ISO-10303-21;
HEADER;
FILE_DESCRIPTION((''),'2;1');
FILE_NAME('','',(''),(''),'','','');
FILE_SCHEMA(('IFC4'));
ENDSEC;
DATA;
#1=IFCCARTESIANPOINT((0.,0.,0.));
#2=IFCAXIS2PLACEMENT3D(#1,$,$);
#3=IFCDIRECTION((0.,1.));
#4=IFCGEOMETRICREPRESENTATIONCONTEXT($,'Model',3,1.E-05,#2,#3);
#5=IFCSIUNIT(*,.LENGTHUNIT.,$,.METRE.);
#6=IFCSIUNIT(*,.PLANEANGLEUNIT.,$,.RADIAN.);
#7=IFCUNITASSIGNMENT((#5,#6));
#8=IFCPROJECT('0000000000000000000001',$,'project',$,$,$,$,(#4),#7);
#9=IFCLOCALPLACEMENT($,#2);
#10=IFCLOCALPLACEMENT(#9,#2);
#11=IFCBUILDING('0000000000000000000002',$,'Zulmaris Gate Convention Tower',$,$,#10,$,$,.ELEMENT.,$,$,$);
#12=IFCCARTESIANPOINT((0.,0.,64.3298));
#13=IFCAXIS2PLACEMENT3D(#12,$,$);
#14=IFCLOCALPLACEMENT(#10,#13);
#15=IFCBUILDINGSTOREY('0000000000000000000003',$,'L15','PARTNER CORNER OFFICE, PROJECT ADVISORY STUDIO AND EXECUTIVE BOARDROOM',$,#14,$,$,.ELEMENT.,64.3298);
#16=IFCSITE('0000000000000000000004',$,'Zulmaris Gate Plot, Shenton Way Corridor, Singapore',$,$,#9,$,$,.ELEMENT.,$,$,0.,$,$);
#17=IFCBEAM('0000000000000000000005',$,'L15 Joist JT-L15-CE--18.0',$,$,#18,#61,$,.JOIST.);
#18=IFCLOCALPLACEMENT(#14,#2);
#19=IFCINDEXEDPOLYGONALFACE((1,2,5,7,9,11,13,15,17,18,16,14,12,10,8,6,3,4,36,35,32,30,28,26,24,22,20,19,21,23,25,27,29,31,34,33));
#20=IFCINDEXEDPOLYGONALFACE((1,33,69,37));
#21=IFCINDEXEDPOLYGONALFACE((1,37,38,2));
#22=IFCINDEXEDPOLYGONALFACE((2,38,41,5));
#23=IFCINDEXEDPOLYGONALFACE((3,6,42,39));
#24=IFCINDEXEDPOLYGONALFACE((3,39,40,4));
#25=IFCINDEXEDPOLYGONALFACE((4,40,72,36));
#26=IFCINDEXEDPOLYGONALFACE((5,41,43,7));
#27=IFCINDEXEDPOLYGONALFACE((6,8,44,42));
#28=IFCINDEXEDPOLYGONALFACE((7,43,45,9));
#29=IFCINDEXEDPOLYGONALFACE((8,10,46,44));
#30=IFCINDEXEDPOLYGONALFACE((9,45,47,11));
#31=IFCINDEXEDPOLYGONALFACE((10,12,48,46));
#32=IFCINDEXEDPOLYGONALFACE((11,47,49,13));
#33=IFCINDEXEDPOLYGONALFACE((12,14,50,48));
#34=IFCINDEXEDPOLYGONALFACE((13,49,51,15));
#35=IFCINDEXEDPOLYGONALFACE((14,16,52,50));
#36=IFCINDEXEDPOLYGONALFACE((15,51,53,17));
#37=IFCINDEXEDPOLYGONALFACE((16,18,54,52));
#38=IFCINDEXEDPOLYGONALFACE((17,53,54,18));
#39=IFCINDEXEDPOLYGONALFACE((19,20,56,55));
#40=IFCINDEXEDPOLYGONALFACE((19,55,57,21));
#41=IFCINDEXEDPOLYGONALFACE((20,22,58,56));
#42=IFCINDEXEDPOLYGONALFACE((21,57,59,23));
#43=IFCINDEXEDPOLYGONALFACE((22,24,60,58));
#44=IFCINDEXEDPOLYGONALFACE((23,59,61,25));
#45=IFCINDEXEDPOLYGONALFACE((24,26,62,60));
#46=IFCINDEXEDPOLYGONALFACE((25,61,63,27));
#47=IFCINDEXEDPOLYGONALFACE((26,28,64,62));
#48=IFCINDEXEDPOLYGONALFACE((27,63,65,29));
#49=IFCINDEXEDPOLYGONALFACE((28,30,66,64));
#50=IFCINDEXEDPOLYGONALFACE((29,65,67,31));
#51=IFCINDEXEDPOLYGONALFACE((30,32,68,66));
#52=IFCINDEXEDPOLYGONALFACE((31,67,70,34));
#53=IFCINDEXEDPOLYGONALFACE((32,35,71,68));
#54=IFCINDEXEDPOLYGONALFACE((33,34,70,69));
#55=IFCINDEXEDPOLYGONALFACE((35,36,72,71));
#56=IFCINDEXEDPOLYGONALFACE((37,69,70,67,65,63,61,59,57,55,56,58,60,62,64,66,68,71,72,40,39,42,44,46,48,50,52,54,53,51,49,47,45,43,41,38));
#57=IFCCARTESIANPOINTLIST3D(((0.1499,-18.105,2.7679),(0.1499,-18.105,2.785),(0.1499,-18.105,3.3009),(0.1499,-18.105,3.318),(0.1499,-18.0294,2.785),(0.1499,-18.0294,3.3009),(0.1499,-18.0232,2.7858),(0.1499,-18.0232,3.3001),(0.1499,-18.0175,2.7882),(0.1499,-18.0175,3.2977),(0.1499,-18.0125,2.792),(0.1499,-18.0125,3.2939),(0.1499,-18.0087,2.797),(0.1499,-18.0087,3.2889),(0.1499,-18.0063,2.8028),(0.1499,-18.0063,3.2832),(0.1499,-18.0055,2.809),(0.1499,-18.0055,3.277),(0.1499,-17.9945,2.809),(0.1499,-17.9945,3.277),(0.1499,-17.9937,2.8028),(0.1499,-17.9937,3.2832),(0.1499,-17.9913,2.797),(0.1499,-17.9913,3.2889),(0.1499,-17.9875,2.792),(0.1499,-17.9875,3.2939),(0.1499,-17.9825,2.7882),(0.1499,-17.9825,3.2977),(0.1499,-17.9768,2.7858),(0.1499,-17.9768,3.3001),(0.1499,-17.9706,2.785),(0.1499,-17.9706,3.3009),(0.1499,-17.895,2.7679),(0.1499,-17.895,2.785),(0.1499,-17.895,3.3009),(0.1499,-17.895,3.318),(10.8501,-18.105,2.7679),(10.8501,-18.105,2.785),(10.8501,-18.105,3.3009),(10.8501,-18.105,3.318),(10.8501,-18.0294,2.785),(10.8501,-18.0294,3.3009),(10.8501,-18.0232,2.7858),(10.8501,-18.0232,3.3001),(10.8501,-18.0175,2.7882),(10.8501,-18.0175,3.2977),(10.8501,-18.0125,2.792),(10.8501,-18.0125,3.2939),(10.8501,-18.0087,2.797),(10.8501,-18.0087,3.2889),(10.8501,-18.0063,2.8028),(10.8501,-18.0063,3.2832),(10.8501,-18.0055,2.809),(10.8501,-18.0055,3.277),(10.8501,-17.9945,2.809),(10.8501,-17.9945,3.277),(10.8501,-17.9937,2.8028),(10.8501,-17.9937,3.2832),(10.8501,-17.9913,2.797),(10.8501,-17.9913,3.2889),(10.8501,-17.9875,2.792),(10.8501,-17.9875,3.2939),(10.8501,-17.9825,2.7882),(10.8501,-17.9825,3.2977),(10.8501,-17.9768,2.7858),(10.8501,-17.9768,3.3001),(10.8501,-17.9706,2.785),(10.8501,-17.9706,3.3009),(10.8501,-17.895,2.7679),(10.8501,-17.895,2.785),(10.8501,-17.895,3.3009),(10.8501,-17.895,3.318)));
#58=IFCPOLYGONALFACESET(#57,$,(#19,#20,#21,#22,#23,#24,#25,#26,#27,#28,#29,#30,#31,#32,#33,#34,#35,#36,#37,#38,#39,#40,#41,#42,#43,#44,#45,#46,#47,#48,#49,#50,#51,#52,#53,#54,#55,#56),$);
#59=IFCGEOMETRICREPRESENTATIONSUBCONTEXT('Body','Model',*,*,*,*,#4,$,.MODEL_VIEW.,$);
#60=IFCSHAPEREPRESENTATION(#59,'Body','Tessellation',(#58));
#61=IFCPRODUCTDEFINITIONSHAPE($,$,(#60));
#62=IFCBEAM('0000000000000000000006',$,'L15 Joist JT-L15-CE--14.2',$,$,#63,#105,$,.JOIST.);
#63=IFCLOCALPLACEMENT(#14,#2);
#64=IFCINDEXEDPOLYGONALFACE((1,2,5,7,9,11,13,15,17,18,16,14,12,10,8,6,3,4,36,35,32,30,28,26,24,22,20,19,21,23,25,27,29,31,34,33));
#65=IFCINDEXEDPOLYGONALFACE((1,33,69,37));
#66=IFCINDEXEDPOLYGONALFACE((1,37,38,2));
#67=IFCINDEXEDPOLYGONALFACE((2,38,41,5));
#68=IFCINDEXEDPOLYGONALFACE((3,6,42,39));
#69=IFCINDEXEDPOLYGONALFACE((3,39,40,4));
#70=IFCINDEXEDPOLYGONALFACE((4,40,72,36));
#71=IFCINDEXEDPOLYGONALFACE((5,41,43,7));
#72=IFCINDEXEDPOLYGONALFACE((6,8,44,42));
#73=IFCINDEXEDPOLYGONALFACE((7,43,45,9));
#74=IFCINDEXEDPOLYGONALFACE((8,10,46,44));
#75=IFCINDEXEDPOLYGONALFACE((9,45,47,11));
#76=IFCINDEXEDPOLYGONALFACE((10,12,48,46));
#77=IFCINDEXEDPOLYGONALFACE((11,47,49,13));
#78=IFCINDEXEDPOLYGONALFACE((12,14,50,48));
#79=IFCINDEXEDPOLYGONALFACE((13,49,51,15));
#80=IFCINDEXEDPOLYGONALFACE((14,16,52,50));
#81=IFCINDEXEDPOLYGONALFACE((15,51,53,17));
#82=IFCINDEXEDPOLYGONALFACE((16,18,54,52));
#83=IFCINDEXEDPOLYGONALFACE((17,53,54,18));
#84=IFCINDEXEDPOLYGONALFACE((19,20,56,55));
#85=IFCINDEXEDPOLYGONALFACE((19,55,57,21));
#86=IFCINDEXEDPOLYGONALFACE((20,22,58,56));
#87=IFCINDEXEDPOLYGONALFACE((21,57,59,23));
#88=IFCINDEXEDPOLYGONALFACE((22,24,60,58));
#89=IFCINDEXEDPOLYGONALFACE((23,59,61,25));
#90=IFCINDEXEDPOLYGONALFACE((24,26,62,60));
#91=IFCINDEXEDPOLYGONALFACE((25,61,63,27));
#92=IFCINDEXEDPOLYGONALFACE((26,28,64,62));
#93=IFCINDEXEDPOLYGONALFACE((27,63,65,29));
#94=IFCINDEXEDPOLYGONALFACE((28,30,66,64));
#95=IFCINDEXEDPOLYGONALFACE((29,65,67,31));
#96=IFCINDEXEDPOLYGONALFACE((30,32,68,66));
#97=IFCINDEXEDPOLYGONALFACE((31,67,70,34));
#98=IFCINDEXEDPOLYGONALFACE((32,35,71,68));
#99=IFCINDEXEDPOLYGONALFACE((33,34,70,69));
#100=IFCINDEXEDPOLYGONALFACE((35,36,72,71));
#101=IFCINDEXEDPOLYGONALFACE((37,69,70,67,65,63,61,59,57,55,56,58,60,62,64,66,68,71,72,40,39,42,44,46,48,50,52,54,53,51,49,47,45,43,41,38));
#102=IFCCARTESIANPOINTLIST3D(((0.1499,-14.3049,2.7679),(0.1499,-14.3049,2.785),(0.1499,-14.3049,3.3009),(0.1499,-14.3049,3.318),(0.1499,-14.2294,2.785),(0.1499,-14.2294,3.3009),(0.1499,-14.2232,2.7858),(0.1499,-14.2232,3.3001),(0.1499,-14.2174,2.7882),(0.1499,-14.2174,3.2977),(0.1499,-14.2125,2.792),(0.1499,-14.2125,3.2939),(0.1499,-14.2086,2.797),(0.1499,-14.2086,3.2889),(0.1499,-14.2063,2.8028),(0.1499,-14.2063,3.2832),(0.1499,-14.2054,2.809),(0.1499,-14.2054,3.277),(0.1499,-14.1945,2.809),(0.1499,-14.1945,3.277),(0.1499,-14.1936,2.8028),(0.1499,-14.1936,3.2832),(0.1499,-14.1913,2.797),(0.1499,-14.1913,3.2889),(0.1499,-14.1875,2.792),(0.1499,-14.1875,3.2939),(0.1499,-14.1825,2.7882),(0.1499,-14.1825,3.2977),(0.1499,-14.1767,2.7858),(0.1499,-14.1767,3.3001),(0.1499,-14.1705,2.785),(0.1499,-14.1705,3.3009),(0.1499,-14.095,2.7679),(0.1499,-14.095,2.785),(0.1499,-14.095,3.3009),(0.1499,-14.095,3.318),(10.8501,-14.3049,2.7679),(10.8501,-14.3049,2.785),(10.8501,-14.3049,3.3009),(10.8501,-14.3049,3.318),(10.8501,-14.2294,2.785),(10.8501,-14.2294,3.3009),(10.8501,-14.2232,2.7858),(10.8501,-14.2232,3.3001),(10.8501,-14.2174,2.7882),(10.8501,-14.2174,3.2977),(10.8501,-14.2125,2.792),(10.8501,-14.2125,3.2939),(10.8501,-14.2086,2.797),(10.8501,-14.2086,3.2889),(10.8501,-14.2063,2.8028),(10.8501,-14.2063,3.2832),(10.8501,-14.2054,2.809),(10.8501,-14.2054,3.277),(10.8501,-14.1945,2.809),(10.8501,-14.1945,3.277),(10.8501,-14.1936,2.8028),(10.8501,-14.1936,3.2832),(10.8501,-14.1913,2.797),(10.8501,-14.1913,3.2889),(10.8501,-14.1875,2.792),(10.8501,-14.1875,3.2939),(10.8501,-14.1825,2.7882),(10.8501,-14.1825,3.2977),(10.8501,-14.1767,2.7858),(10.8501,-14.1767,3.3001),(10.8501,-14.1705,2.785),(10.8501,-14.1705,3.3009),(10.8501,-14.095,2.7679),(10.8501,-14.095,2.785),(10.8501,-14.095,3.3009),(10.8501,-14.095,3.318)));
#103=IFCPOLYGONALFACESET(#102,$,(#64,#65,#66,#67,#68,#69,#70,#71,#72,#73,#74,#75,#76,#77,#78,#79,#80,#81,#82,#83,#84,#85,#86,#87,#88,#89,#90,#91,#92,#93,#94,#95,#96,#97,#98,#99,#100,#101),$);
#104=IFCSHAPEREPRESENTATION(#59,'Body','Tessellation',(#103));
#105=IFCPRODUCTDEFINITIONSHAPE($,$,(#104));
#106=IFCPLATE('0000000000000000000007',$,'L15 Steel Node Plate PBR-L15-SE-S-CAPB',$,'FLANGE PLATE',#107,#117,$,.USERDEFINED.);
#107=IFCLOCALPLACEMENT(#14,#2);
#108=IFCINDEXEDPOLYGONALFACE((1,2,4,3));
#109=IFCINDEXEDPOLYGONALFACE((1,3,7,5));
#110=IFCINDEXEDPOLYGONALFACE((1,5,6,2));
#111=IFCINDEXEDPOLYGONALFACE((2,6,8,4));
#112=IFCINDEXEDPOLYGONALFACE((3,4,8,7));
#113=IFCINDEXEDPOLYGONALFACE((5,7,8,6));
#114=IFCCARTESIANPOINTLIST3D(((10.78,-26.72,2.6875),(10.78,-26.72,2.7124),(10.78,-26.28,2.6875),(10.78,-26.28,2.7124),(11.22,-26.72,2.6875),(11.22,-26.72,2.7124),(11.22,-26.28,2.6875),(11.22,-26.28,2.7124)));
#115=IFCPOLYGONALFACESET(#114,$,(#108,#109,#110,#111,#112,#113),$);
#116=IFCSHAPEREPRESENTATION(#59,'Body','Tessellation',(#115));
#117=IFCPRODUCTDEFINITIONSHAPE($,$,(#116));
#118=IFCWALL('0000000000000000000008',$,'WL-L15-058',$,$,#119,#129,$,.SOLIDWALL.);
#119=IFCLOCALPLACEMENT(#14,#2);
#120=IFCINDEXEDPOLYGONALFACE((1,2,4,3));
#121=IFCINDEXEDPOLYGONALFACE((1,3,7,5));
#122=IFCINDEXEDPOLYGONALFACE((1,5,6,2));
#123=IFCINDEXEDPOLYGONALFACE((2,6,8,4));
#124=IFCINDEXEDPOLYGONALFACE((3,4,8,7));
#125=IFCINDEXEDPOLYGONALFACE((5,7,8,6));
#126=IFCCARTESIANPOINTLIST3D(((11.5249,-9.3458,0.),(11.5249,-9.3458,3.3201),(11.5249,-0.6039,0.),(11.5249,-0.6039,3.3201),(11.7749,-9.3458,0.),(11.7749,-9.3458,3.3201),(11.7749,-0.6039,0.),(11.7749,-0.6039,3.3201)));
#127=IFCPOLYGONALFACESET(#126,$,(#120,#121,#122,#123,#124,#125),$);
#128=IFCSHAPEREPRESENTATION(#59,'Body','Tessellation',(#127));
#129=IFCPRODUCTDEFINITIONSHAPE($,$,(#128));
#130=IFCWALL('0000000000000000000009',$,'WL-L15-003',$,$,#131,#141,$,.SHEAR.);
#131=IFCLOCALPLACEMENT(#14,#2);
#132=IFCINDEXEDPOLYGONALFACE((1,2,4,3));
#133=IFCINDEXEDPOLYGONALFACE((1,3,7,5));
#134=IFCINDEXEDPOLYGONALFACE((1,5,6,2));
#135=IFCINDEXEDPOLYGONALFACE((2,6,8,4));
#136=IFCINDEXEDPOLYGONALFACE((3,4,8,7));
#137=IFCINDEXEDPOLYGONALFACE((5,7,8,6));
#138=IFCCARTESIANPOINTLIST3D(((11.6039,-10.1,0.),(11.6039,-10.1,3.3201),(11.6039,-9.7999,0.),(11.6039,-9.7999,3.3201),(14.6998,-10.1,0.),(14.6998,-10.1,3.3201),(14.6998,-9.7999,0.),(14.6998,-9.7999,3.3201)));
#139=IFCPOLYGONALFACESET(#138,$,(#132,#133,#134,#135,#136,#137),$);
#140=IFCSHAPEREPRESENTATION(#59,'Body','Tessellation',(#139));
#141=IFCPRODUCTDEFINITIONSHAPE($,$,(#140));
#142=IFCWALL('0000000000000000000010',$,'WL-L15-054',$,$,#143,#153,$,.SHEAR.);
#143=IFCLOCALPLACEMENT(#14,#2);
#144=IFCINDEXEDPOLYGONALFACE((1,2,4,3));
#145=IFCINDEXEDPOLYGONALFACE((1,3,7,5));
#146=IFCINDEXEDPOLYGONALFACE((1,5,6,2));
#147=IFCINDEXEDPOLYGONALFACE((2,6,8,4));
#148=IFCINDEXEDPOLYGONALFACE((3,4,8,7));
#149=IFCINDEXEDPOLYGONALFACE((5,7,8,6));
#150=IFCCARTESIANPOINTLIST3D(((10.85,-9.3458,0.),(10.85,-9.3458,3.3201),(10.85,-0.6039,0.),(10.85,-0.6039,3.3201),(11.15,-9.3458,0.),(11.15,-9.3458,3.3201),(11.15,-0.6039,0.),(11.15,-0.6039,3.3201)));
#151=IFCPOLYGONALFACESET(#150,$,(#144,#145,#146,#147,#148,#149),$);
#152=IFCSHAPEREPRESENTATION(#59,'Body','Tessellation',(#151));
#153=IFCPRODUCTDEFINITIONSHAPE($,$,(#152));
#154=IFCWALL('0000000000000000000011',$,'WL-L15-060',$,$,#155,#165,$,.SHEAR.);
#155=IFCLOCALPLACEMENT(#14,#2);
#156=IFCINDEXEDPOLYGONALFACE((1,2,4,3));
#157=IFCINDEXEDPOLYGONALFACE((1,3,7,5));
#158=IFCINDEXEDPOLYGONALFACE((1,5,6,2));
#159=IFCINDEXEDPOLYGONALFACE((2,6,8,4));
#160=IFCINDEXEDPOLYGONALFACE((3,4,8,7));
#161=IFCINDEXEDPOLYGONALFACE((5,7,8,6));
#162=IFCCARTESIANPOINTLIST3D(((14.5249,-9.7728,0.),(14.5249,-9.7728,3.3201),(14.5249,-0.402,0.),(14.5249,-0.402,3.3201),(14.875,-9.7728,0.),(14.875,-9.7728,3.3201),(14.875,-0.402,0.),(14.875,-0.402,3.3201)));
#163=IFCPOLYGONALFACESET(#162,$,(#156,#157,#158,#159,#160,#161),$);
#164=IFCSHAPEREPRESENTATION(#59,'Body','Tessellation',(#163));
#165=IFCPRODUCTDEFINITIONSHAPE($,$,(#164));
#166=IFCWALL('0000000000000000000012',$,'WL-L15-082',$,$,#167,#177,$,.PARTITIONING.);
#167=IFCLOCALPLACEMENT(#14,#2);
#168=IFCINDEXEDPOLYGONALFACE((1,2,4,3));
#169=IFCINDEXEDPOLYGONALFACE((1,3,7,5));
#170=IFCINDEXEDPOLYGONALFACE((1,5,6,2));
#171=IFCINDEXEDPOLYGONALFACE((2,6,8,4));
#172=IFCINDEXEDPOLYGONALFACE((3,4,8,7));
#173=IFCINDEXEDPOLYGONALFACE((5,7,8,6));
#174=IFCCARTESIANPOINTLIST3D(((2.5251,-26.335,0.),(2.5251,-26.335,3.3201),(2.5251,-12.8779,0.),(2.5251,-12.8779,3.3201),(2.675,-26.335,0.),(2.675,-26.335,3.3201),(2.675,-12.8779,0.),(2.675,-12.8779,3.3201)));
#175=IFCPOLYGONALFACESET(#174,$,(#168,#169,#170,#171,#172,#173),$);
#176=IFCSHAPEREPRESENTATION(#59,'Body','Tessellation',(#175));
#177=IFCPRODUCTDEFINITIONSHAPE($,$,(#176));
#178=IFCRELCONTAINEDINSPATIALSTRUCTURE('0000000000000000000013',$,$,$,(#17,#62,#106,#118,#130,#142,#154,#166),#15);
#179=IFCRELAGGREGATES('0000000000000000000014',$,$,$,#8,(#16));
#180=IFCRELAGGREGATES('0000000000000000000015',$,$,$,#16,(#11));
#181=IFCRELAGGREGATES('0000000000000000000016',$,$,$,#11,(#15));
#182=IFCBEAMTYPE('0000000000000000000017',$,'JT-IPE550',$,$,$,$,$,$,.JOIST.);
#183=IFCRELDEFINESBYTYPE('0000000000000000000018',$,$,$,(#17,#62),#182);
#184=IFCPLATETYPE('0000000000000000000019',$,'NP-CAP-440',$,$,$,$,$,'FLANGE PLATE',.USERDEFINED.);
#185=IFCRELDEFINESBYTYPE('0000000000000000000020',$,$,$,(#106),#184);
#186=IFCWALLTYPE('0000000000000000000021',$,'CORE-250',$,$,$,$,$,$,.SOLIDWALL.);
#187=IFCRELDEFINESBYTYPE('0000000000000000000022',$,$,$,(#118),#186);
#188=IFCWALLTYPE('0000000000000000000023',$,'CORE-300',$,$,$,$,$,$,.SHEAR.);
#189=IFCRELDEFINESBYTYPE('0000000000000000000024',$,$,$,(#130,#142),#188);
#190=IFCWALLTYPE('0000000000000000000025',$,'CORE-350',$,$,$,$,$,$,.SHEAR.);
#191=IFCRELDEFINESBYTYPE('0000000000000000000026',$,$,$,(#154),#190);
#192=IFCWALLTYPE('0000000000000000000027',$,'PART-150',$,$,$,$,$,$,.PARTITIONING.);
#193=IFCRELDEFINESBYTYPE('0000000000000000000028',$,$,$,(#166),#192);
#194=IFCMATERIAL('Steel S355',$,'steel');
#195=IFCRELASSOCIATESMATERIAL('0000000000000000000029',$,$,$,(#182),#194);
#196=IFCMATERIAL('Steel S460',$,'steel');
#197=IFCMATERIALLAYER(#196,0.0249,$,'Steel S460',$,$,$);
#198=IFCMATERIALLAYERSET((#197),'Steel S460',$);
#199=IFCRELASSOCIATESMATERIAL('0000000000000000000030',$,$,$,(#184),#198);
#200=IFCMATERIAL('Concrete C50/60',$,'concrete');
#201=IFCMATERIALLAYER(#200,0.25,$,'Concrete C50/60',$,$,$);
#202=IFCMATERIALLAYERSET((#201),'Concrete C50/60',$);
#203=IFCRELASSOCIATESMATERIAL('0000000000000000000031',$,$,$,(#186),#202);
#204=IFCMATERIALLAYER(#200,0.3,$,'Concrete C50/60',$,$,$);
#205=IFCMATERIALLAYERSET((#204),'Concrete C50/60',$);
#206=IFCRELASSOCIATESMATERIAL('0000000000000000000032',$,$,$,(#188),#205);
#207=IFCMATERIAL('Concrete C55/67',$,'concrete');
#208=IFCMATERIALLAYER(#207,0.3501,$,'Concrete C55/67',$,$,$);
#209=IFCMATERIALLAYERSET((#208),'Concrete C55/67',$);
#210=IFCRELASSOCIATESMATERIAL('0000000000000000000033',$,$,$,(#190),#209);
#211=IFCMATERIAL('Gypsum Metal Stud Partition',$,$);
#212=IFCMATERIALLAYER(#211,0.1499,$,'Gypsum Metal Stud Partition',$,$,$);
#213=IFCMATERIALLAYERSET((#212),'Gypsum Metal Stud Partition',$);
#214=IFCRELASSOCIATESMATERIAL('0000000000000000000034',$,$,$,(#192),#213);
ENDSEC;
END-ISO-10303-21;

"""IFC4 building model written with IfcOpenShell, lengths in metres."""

from ifc_helpers import new_model, si_unit, direction, frame, frame_2d, origin, origin_2d, place, context, subcontext, project, spatial, rectangle, i_section, extrude, material, layer, layer_set, material_profile, profile_set, type_object, element, save


model = new_model("IFC4")

# Units and contexts
model_context = context("Model", 3, precision=1e-05, world=origin(), true_north=direction((0.0, 1.0)))
body_context = subcontext(model_context, "Body", "Model", "MODEL_VIEW")
ifc_project = project(units=[si_unit("LENGTHUNIT", "METRE"), si_unit("PLANEANGLEUNIT", "RADIAN")], contexts=[model_context])

# Site, building, storey
site_placement = place(None, origin())
site = spatial("IfcSite", under=ifc_project, at=site_placement, Name="Zulmaris Gate Plot, Shenton Way Corridor, Singapore", CompositionType="ELEMENT", RefElevation=0.0)
building_placement = place(site_placement, origin())
building = spatial("IfcBuilding", under=site, at=building_placement, Name="Zulmaris Gate Convention Tower", CompositionType="ELEMENT")
storey_placement = place(building_placement, frame((0.0, 0.0, 64.3298)))
storey = spatial("IfcBuildingStorey", under=building, at=storey_placement, Name="L15", Description="PARTNER CORNER OFFICE, PROJECT ADVISORY STUDIO AND EXECUTIVE BOARDROOM", CompositionType="ELEMENT", Elevation=64.3298)

# Beams
ifc_material_1 = material(Name="Steel S355", Category="steel")
ifc_material_profile_1 = material_profile(ifc_material_1, i_section(OverallWidth=0.21, OverallDepth=0.55, WebThickness=0.011, FlangeThickness=0.0171, FilletRadius=0.0239, at=origin_2d()), Name="IPE 550")
ifc_profile_set_1 = profile_set([ifc_material_profile_1], Name="Steel S355")
beam_type_1 = type_object("IfcBeamType", Name="JT-IPE550", PredefinedType="JOIST", material=ifc_profile_set_1)
for number, where, z_axis, x_axis, name in (
    (1, (0.1499, -18.0, 3.043), (1.0, 0.0, 0.0), (0.0, 1.0, 0.0), "L15 Joist JT-L15-CE--18.0"),
    (2, (0.1499, -14.2, 3.043), (1.0, 0.0, 0.0), (0.0, 1.0, 0.0), "L15 Joist JT-L15-CE--14.2"),
):
    element("IfcBeam", number, at=place(storey_placement, frame(where, z_axis=z_axis, x_axis=x_axis)), inside=storey, type_object=beam_type_1, Name=name, PredefinedType="JOIST", context=body_context, shape_type="SweptSolid", body=[
        extrude(i_section(OverallWidth=0.21, OverallDepth=0.55, WebThickness=0.011, FlangeThickness=0.0171, FilletRadius=0.0239, at=origin_2d()), origin(), (0.0, 0.0, 1.0), 10.7002),
    ])

# Plate
ifc_material_2 = material(Name="Steel S460", Category="steel")
ifc_layer_1 = layer(ifc_material_2, 0.0249, Name="Steel S460")
ifc_layer_set_1 = layer_set([ifc_layer_1], Name="Steel S460")
plate_type = type_object("IfcPlateType", Name="NP-CAP-440", ElementType="FLANGE PLATE", PredefinedType="USERDEFINED", material=ifc_layer_set_1)
plate_placement = place(storey_placement, frame((11.0, -26.5, 2.6875), z_axis=(0.0, 0.0, 1.0), x_axis=(1.0, 0.0, 0.0)))
element("IfcPlate", 3, at=plate_placement, inside=storey, type_object=plate_type, Name="L15 Steel Node Plate PBR-L15-SE-S-CAPB", ObjectType="FLANGE PLATE", PredefinedType="USERDEFINED", context=body_context, shape_type="SweptSolid", body=[
    extrude(rectangle(XDim=0.4399, YDim=0.4399, at=origin_2d()), origin(), (0.0, 0.0, 1.0), 0.0249),
])

# Walls
ifc_material_3 = material(Name="Concrete C50/60", Category="concrete")
ifc_layer_2 = layer(ifc_material_3, 0.25, Name="Concrete C50/60")
ifc_layer_set_2 = layer_set([ifc_layer_2], Name="Concrete C50/60")
wall_type_1 = type_object("IfcWallType", Name="CORE-250", PredefinedType="SOLIDWALL", material=ifc_layer_set_2)
wall_1_placement = place(storey_placement, frame((11.6499, -9.3459, 0.0), z_axis=(0.0, 0.0, 1.0), x_axis=(0.0, 1.0, 0.0)))
element("IfcWall", 4, at=wall_1_placement, inside=storey, type_object=wall_type_1, Name="WL-L15-058", PredefinedType="SOLIDWALL", context=body_context, shape_type="SweptSolid", body=[
    extrude(rectangle(XDim=8.7419, YDim=0.25, at=frame_2d((4.3711, 0.0))), origin(), (0.0, 0.0, 1.0), 3.3201),
])
ifc_layer_3 = layer(ifc_material_3, 0.3, Name="Concrete C50/60")
ifc_layer_set_3 = layer_set([ifc_layer_3], Name="Concrete C50/60")
wall_type_2 = type_object("IfcWallType", Name="CORE-300", PredefinedType="SHEAR", material=ifc_layer_set_3)
wall_2_placement = place(storey_placement, frame((11.604, -9.95, 0.0), z_axis=(0.0, 0.0, 1.0), x_axis=(1.0, 0.0, 0.0)))
element("IfcWall", 5, at=wall_2_placement, inside=storey, type_object=wall_type_2, Name="WL-L15-003", PredefinedType="SHEAR", context=body_context, shape_type="SweptSolid", body=[
    extrude(rectangle(XDim=3.0959, YDim=0.3, at=frame_2d((1.5479, 0.0))), origin(), (0.0, 0.0, 1.0), 3.3201),
])
wall_3_placement = place(storey_placement, frame((11.0, -9.3459, 0.0), z_axis=(0.0, 0.0, 1.0), x_axis=(0.0, 1.0, 0.0)))
element("IfcWall", 6, at=wall_3_placement, inside=storey, type_object=wall_type_2, Name="WL-L15-054", PredefinedType="SHEAR", context=body_context, shape_type="SweptSolid", body=[
    extrude(rectangle(XDim=8.7419, YDim=0.3, at=frame_2d((4.3711, 0.0))), origin(), (0.0, 0.0, 1.0), 3.3201),
])

# Shared definitions
ifc_material_4 = material(Name="Concrete C55/67", Category="concrete")
ifc_layer_4 = layer(ifc_material_4, 0.3501, Name="Concrete C55/67")
ifc_layer_set_4 = layer_set([ifc_layer_4], Name="Concrete C55/67")
wall_type_3 = type_object("IfcWallType", Name="CORE-350", PredefinedType="SHEAR", material=ifc_layer_set_4)

# Walls
wall_4_placement = place(storey_placement, frame((14.7, -9.7729, 0.0), z_axis=(0.0, 0.0, 1.0), x_axis=(0.0, 1.0, 0.0)))
element("IfcWall", 7, at=wall_4_placement, inside=storey, type_object=wall_type_3, Name="WL-L15-060", PredefinedType="SHEAR", context=body_context, shape_type="SweptSolid", body=[
    extrude(rectangle(XDim=9.3708, YDim=0.3501, at=frame_2d((4.6855, 0.0))), origin(), (0.0, 0.0, 1.0), 3.3201),
])
ifc_material_5 = material(Name="Gypsum Metal Stud Partition")
ifc_layer_5 = layer(ifc_material_5, 0.1499, Name="Gypsum Metal Stud Partition")
ifc_layer_set_5 = layer_set([ifc_layer_5], Name="Gypsum Metal Stud Partition")
wall_type_4 = type_object("IfcWallType", Name="PART-150", PredefinedType="PARTITIONING", material=ifc_layer_set_5)
wall_5_placement = place(storey_placement, frame((2.6001, -26.335, 0.0), z_axis=(0.0, 0.0, 1.0), x_axis=(0.0, 1.0, 0.0)))
element("IfcWall", 8, at=wall_5_placement, inside=storey, type_object=wall_type_4, Name="WL-L15-082", PredefinedType="PARTITIONING", context=body_context, shape_type="SweptSolid", body=[
    extrude(rectangle(XDim=13.457, YDim=0.1499, at=frame_2d((6.7285, 0.0))), origin(), (0.0, 0.0, 1.0), 3.3201),
])

save(model, "model.ifc")
